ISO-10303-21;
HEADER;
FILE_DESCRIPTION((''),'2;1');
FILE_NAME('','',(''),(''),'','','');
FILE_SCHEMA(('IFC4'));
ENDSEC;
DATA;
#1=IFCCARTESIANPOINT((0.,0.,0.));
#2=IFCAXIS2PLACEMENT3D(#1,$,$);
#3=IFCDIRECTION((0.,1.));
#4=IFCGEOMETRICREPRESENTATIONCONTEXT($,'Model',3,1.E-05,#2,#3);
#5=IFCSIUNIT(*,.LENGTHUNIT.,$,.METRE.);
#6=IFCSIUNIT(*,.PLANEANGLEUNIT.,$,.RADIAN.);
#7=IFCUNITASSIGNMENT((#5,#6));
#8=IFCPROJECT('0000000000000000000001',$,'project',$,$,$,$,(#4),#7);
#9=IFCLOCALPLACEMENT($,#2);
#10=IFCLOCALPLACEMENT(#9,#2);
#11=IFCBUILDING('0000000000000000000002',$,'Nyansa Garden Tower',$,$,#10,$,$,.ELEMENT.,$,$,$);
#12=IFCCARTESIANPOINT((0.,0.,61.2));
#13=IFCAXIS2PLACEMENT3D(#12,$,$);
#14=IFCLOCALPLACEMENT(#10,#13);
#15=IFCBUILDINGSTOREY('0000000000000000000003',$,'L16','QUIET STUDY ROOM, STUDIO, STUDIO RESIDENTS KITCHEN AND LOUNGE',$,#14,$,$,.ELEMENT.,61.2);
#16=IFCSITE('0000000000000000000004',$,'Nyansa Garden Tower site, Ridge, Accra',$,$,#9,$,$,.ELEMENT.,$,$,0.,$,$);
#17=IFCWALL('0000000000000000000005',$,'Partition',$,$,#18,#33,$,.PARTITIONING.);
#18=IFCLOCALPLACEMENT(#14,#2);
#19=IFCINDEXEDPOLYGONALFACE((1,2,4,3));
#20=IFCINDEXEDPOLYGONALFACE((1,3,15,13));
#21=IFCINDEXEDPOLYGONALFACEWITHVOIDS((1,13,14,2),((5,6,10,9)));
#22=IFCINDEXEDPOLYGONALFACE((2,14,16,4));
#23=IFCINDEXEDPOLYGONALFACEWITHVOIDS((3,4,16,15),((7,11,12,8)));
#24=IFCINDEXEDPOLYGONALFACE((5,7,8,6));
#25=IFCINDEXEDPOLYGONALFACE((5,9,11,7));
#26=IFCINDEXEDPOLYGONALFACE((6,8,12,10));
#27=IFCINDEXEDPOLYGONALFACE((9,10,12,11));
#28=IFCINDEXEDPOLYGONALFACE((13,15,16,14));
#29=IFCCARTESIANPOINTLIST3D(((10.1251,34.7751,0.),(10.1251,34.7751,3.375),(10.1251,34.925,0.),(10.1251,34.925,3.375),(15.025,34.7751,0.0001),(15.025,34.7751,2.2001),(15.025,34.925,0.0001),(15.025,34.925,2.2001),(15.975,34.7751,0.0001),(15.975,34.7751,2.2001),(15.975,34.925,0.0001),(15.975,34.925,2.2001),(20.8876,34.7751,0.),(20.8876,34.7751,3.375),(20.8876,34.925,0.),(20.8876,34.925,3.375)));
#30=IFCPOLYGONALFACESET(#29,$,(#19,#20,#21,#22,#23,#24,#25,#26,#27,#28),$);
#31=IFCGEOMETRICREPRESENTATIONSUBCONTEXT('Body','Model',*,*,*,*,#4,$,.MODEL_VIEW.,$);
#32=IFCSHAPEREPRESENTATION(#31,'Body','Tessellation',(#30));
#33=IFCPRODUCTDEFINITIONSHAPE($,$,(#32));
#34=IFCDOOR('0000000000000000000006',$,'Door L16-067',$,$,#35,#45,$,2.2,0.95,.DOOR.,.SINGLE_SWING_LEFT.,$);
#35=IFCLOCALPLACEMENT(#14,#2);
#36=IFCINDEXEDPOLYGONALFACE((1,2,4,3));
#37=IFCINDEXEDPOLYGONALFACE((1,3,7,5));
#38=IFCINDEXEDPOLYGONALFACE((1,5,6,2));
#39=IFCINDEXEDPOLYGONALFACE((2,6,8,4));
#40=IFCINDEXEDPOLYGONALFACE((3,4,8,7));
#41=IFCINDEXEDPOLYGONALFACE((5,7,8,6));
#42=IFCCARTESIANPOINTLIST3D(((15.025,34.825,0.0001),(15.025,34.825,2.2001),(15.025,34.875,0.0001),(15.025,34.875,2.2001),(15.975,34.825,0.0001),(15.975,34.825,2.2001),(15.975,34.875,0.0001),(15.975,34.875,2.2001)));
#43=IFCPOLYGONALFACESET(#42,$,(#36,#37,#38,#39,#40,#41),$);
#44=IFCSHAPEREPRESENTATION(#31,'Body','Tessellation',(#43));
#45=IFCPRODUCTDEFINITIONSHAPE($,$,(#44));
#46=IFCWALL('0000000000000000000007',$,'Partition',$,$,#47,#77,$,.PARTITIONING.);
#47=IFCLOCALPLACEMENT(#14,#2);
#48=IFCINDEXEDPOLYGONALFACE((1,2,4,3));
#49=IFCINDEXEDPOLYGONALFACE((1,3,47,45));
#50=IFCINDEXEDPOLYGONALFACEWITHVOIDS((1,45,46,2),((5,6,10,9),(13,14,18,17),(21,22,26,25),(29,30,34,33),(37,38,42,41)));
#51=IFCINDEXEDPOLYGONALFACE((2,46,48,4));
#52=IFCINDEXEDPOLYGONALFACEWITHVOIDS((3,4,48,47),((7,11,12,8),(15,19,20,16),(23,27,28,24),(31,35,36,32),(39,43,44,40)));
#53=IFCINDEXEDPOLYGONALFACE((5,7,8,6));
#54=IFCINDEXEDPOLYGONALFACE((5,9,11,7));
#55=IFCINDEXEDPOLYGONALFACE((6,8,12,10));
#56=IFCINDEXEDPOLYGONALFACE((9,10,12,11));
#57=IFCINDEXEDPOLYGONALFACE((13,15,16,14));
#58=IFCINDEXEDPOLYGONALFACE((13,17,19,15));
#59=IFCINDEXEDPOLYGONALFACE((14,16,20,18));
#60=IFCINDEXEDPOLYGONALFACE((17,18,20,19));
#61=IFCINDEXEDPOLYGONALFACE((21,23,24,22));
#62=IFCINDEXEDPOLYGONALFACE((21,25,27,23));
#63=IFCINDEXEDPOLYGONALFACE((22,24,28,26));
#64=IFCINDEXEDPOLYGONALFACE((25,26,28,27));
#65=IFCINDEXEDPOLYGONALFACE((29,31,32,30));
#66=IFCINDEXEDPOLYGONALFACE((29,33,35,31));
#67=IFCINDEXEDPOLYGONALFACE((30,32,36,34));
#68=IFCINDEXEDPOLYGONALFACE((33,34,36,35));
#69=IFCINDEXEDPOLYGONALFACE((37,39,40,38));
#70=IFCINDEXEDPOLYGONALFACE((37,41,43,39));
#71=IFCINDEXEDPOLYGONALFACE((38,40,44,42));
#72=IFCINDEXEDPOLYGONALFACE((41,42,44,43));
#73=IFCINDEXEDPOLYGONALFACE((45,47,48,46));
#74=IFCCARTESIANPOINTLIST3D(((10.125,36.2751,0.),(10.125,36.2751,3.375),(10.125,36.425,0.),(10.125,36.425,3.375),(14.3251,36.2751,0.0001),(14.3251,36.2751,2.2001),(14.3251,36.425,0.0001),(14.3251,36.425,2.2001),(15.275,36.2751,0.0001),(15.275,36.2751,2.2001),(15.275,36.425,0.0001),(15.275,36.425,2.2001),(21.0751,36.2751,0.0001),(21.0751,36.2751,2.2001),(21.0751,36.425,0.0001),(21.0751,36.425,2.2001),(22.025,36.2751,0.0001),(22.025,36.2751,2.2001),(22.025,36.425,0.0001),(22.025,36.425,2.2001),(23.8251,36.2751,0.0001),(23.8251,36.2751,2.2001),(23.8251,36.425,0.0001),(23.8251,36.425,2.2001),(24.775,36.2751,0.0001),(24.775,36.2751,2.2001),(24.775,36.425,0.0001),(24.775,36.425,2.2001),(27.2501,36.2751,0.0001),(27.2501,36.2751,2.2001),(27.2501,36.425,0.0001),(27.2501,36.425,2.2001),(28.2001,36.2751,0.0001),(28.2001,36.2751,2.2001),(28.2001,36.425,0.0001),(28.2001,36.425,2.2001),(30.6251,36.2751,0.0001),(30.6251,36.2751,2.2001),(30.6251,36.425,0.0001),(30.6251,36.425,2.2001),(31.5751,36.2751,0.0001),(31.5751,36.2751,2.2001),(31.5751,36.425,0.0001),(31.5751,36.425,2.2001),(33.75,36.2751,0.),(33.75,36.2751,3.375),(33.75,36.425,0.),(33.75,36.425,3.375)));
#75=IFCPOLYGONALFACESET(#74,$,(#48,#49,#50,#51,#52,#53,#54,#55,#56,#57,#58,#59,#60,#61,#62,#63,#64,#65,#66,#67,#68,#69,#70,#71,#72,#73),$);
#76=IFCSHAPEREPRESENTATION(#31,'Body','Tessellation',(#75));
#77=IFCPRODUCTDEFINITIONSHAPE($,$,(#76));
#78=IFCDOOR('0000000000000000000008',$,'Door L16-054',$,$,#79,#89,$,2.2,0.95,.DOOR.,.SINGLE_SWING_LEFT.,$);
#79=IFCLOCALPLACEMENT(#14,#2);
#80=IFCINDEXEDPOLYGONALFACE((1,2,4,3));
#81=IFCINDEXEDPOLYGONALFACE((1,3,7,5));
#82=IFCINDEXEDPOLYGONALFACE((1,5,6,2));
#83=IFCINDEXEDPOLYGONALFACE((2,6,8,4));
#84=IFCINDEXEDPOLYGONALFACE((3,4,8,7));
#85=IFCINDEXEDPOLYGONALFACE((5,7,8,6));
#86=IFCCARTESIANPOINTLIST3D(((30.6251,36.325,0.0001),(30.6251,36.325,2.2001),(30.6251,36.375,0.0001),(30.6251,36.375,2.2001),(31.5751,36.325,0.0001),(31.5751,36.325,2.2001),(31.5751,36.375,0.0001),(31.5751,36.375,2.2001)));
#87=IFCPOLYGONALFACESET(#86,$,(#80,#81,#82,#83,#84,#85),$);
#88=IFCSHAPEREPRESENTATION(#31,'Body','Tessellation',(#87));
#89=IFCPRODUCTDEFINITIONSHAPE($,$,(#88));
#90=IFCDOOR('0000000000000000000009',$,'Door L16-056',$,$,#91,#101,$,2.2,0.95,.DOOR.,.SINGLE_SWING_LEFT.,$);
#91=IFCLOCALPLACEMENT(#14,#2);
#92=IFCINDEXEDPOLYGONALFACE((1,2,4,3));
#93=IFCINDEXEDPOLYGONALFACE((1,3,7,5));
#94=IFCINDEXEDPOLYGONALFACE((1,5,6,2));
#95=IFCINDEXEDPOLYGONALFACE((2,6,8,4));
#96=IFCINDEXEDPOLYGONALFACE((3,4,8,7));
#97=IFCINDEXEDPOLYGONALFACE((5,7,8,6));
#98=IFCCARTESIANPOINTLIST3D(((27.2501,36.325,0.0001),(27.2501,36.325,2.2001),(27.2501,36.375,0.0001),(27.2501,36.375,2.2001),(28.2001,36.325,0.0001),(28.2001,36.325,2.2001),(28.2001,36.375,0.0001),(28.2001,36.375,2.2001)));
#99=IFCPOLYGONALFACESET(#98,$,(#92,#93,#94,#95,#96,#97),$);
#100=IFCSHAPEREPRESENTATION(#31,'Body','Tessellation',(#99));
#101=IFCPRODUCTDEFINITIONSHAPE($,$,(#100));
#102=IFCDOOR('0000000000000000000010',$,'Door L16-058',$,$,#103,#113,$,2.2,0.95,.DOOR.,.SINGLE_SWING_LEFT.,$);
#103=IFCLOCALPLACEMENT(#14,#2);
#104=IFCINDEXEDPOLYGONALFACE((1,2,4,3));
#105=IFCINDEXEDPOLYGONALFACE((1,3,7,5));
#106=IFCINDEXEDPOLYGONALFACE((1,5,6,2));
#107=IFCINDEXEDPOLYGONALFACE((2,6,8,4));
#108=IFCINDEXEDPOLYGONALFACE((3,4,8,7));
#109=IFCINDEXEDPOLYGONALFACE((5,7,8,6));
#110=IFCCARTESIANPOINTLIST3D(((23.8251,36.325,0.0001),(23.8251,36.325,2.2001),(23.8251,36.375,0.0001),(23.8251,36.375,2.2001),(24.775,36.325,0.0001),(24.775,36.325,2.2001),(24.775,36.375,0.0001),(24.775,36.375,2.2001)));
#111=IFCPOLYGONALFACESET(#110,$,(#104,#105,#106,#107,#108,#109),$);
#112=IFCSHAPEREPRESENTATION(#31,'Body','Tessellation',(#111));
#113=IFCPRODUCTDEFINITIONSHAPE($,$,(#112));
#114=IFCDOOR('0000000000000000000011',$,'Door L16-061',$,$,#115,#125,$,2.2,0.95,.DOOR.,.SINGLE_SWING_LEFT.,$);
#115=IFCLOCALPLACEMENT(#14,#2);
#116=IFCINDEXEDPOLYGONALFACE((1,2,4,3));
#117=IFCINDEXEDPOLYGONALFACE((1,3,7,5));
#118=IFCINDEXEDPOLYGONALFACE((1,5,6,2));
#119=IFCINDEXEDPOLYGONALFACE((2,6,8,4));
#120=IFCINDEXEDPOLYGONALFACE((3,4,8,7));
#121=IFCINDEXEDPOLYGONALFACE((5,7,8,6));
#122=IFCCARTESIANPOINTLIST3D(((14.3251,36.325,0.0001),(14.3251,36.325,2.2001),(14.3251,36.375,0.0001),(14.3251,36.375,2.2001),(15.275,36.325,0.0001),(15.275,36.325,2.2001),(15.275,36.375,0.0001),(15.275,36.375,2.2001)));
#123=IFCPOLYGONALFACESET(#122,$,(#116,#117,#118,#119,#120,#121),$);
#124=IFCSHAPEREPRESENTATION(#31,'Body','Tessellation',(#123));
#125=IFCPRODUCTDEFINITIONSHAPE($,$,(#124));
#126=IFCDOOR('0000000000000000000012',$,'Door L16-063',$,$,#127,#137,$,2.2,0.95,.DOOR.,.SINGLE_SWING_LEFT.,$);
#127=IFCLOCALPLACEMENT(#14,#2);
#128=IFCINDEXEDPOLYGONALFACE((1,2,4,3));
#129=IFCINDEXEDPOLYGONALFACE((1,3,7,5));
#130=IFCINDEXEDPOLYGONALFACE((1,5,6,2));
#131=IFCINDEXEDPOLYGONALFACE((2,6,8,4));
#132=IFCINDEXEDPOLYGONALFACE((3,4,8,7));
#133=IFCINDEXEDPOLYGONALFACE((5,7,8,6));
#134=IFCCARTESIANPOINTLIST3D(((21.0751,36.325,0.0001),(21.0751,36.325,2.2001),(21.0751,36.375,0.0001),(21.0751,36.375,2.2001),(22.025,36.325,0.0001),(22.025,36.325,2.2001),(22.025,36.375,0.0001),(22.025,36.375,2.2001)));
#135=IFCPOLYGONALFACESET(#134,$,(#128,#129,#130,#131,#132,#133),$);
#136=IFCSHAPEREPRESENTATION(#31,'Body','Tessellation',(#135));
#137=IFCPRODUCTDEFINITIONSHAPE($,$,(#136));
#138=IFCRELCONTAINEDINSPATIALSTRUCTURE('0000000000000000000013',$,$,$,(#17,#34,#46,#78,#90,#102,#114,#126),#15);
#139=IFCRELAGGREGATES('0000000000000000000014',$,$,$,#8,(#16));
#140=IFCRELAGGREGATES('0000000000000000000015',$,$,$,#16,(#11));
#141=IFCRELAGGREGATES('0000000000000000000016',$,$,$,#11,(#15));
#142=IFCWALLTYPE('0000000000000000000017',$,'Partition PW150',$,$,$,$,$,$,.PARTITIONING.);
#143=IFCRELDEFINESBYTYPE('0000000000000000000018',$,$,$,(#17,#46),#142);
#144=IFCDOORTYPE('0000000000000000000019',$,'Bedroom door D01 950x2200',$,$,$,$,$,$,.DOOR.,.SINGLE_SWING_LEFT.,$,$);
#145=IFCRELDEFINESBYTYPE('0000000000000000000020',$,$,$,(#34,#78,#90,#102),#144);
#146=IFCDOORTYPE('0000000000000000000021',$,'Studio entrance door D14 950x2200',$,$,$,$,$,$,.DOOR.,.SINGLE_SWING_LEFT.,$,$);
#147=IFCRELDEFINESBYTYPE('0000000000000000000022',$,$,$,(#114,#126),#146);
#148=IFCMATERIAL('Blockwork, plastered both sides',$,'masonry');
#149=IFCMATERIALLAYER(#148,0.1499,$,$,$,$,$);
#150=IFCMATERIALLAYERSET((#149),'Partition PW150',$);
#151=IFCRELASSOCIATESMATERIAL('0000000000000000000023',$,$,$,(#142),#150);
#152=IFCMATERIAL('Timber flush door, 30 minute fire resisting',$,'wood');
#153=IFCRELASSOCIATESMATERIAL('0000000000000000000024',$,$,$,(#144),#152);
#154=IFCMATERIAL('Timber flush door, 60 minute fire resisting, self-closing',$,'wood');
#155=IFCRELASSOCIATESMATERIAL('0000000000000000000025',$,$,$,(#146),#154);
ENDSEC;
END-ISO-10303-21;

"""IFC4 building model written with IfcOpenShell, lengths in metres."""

from ifc_helpers import new_model, si_unit, direction, frame, frame_2d, origin, place, context, subcontext, project, spatial, rectangle, extrude, material, layer, layer_set, type_object, element, fill, save


model = new_model("IFC4")

# Units and contexts
model_context = context("Model", 3, precision=1e-05, world=origin(), true_north=direction((0.0, 1.0)))
body_context = subcontext(model_context, "Body", "Model", "MODEL_VIEW")
ifc_project = project(units=[si_unit("LENGTHUNIT", "METRE"), si_unit("PLANEANGLEUNIT", "RADIAN")], contexts=[model_context])

# Site, building, storey
site_placement = place(None, origin())
site = spatial("IfcSite", under=ifc_project, at=site_placement, Name="Nyansa Garden Tower site, Ridge, Accra", CompositionType="ELEMENT", RefElevation=0.0)
building_placement = place(site_placement, origin())
building = spatial("IfcBuilding", under=site, at=building_placement, Name="Nyansa Garden Tower", CompositionType="ELEMENT")
storey_placement = place(building_placement, frame((0.0, 0.0, 61.2)))
storey = spatial("IfcBuildingStorey", under=building, at=storey_placement, Name="L16", Description="QUIET STUDY ROOM, STUDIO, STUDIO RESIDENTS KITCHEN AND LOUNGE", CompositionType="ELEMENT", Elevation=61.2)

# Wall, opening, door
ifc_material_1 = material(Name="Blockwork, plastered both sides", Category="masonry")
ifc_layer_1 = layer(ifc_material_1, 0.1499)
ifc_layer_set_1 = layer_set([ifc_layer_1], Name="Partition PW150")
wall_type_1 = type_object("IfcWallType", Name="Partition PW150", PredefinedType="PARTITIONING", material=ifc_layer_set_1)
wall_1_placement = place(storey_placement, frame((10.125, 34.8501, 0.0), z_axis=(0.0, 0.0, 1.0), x_axis=(1.0, 0.0, 0.0)))
wall_1 = element("IfcWall", 1, at=wall_1_placement, inside=storey, type_object=wall_type_1, Name="Partition", PredefinedType="PARTITIONING", context=body_context, shape_type="SweptSolid", body=[
    extrude(rectangle(XDim=10.7625, YDim=0.1499, at=frame_2d((5.3813, 0.0))), origin(), (0.0, 0.0, 1.0), 3.375),
])
opening_1_placement = place(wall_1_placement, frame((4.8999, 0.0, 0.0)))
opening_1 = element("IfcOpeningElement", 2, at=opening_1_placement, cuts=wall_1, PredefinedType="OPENING", context=body_context, shape_type="SweptSolid", body=[
    extrude(rectangle(XDim=0.95, YDim=2.2, at=frame_2d((0.4751, 1.1001))), frame((0.0, 0.085, 0.0), z_axis=(0.0, -1.0, 0.0), x_axis=(1.0, 0.0, 0.0)), (0.0, 0.0, 1.0), 0.1699),
])
ifc_material_2 = material(Name="Timber flush door, 30 minute fire resisting", Category="wood")
door_type_1 = type_object("IfcDoorType", Name="Bedroom door D01 950x2200", OperationType="SINGLE_SWING_LEFT", PredefinedType="DOOR", material=ifc_material_2)
door_1_placement = place(opening_1_placement, origin())
door_1 = element("IfcDoor", 3, at=door_1_placement, inside=storey, type_object=door_type_1, Name="Door L16-067", OperationType="SINGLE_SWING_LEFT", OverallHeight=2.2, OverallWidth=0.95, PredefinedType="DOOR", context=body_context, shape_type="SweptSolid", body=[
    extrude(rectangle(XDim=0.95, YDim=2.2, at=frame_2d((0.4751, 1.1001))), frame((0.0, 0.0249, 0.0), z_axis=(0.0, -1.0, 0.0), x_axis=(1.0, 0.0, 0.0)), (0.0, 0.0, 1.0), 0.05),
])
fill(opening_1, door_1)

# Wall, openings, doors
wall_2_placement = place(storey_placement, frame((10.125, 36.3501, 0.0), z_axis=(0.0, 0.0, 1.0), x_axis=(1.0, 0.0, 0.0)))
wall_2 = element("IfcWall", 4, at=wall_2_placement, inside=storey, type_object=wall_type_1, Name="Partition", PredefinedType="PARTITIONING", context=body_context, shape_type="SweptSolid", body=[
    extrude(rectangle(XDim=23.625, YDim=0.1499, at=frame_2d((11.8125, 0.0))), origin(), (0.0, 0.0, 1.0), 3.375),
])
opening_2_placement = place(wall_2_placement, frame((20.5, 0.0, 0.0)))
opening_2 = element("IfcOpeningElement", 5, at=opening_2_placement, cuts=wall_2, PredefinedType="OPENING", context=body_context, shape_type="SweptSolid", body=[
    extrude(rectangle(XDim=0.95, YDim=2.2, at=frame_2d((0.4751, 1.1001))), frame((0.0, 0.085, 0.0), z_axis=(0.0, -1.0, 0.0), x_axis=(1.0, 0.0, 0.0)), (0.0, 0.0, 1.0), 0.1699),
])
opening_3_placement = place(wall_2_placement, frame((17.125, 0.0, 0.0)))
opening_3 = element("IfcOpeningElement", 6, at=opening_3_placement, cuts=wall_2, PredefinedType="OPENING", context=body_context, shape_type="SweptSolid", body=[
    extrude(rectangle(XDim=0.95, YDim=2.2, at=frame_2d((0.4751, 1.1001))), frame((0.0, 0.085, 0.0), z_axis=(0.0, -1.0, 0.0), x_axis=(1.0, 0.0, 0.0)), (0.0, 0.0, 1.0), 0.1699),
])
opening_4_placement = place(wall_2_placement, frame((13.7, 0.0, 0.0)))
opening_4 = element("IfcOpeningElement", 7, at=opening_4_placement, cuts=wall_2, PredefinedType="OPENING", context=body_context, shape_type="SweptSolid", body=[
    extrude(rectangle(XDim=0.95, YDim=2.2, at=frame_2d((0.4751, 1.1001))), frame((0.0, 0.085, 0.0), z_axis=(0.0, -1.0, 0.0), x_axis=(1.0, 0.0, 0.0)), (0.0, 0.0, 1.0), 0.1699),
])
opening_5_placement = place(wall_2_placement, frame((4.2, 0.0, 0.0)))
opening_5 = element("IfcOpeningElement", 8, at=opening_5_placement, cuts=wall_2, PredefinedType="OPENING", context=body_context, shape_type="SweptSolid", body=[
    extrude(rectangle(XDim=0.95, YDim=2.2, at=frame_2d((0.4751, 1.1001))), frame((0.0, 0.085, 0.0), z_axis=(0.0, -1.0, 0.0), x_axis=(1.0, 0.0, 0.0)), (0.0, 0.0, 1.0), 0.1699),
])
opening_6_placement = place(wall_2_placement, frame((10.95, 0.0, 0.0)))
opening_6 = element("IfcOpeningElement", 9, at=opening_6_placement, cuts=wall_2, PredefinedType="OPENING", context=body_context, shape_type="SweptSolid", body=[
    extrude(rectangle(XDim=0.95, YDim=2.2, at=frame_2d((0.4751, 1.1001))), frame((0.0, 0.085, 0.0), z_axis=(0.0, -1.0, 0.0), x_axis=(1.0, 0.0, 0.0)), (0.0, 0.0, 1.0), 0.1699),
])
door_2_placement = place(opening_2_placement, origin())
door_2 = element("IfcDoor", 10, at=door_2_placement, inside=storey, type_object=door_type_1, Name="Door L16-054", OperationType="SINGLE_SWING_LEFT", OverallHeight=2.2, OverallWidth=0.95, PredefinedType="DOOR", context=body_context, shape_type="SweptSolid", body=[
    extrude(rectangle(XDim=0.95, YDim=2.2, at=frame_2d((0.4751, 1.1001))), frame((0.0, 0.0249, 0.0), z_axis=(0.0, -1.0, 0.0), x_axis=(1.0, 0.0, 0.0)), (0.0, 0.0, 1.0), 0.05),
])
fill(opening_2, door_2)
door_3_placement = place(opening_3_placement, origin())
door_3 = element("IfcDoor", 11, at=door_3_placement, inside=storey, type_object=door_type_1, Name="Door L16-056", OperationType="SINGLE_SWING_LEFT", OverallHeight=2.2, OverallWidth=0.95, PredefinedType="DOOR", context=body_context, shape_type="SweptSolid", body=[
    extrude(rectangle(XDim=0.95, YDim=2.2, at=frame_2d((0.4751, 1.1001))), frame((0.0, 0.0249, 0.0), z_axis=(0.0, -1.0, 0.0), x_axis=(1.0, 0.0, 0.0)), (0.0, 0.0, 1.0), 0.05),
])
fill(opening_3, door_3)
door_4_placement = place(opening_4_placement, origin())
door_4 = element("IfcDoor", 12, at=door_4_placement, inside=storey, type_object=door_type_1, Name="Door L16-058", OperationType="SINGLE_SWING_LEFT", OverallHeight=2.2, OverallWidth=0.95, PredefinedType="DOOR", context=body_context, shape_type="SweptSolid", body=[
    extrude(rectangle(XDim=0.95, YDim=2.2, at=frame_2d((0.4751, 1.1001))), frame((0.0, 0.0249, 0.0), z_axis=(0.0, -1.0, 0.0), x_axis=(1.0, 0.0, 0.0)), (0.0, 0.0, 1.0), 0.05),
])
fill(opening_4, door_4)
ifc_material_3 = material(Name="Timber flush door, 60 minute fire resisting, self-closing", Category="wood")
door_type_2 = type_object("IfcDoorType", Name="Studio entrance door D14 950x2200", OperationType="SINGLE_SWING_LEFT", PredefinedType="DOOR", material=ifc_material_3)
door_5_placement = place(opening_5_placement, origin())
door_5 = element("IfcDoor", 13, at=door_5_placement, inside=storey, type_object=door_type_2, Name="Door L16-061", OperationType="SINGLE_SWING_LEFT", OverallHeight=2.2, OverallWidth=0.95, PredefinedType="DOOR", context=body_context, shape_type="SweptSolid", body=[
    extrude(rectangle(XDim=0.95, YDim=2.2, at=frame_2d((0.4751, 1.1001))), frame((0.0, 0.0249, 0.0), z_axis=(0.0, -1.0, 0.0), x_axis=(1.0, 0.0, 0.0)), (0.0, 0.0, 1.0), 0.05),
])
fill(opening_5, door_5)
door_6_placement = place(opening_6_placement, origin())
door_6 = element("IfcDoor", 14, at=door_6_placement, inside=storey, type_object=door_type_2, Name="Door L16-063", OperationType="SINGLE_SWING_LEFT", OverallHeight=2.2, OverallWidth=0.95, PredefinedType="DOOR", context=body_context, shape_type="SweptSolid", body=[
    extrude(rectangle(XDim=0.95, YDim=2.2, at=frame_2d((0.4751, 1.1001))), frame((0.0, 0.0249, 0.0), z_axis=(0.0, -1.0, 0.0), x_axis=(1.0, 0.0, 0.0)), (0.0, 0.0, 1.0), 0.05),
])
fill(opening_6, door_6)

save(model, "model.ifc")
